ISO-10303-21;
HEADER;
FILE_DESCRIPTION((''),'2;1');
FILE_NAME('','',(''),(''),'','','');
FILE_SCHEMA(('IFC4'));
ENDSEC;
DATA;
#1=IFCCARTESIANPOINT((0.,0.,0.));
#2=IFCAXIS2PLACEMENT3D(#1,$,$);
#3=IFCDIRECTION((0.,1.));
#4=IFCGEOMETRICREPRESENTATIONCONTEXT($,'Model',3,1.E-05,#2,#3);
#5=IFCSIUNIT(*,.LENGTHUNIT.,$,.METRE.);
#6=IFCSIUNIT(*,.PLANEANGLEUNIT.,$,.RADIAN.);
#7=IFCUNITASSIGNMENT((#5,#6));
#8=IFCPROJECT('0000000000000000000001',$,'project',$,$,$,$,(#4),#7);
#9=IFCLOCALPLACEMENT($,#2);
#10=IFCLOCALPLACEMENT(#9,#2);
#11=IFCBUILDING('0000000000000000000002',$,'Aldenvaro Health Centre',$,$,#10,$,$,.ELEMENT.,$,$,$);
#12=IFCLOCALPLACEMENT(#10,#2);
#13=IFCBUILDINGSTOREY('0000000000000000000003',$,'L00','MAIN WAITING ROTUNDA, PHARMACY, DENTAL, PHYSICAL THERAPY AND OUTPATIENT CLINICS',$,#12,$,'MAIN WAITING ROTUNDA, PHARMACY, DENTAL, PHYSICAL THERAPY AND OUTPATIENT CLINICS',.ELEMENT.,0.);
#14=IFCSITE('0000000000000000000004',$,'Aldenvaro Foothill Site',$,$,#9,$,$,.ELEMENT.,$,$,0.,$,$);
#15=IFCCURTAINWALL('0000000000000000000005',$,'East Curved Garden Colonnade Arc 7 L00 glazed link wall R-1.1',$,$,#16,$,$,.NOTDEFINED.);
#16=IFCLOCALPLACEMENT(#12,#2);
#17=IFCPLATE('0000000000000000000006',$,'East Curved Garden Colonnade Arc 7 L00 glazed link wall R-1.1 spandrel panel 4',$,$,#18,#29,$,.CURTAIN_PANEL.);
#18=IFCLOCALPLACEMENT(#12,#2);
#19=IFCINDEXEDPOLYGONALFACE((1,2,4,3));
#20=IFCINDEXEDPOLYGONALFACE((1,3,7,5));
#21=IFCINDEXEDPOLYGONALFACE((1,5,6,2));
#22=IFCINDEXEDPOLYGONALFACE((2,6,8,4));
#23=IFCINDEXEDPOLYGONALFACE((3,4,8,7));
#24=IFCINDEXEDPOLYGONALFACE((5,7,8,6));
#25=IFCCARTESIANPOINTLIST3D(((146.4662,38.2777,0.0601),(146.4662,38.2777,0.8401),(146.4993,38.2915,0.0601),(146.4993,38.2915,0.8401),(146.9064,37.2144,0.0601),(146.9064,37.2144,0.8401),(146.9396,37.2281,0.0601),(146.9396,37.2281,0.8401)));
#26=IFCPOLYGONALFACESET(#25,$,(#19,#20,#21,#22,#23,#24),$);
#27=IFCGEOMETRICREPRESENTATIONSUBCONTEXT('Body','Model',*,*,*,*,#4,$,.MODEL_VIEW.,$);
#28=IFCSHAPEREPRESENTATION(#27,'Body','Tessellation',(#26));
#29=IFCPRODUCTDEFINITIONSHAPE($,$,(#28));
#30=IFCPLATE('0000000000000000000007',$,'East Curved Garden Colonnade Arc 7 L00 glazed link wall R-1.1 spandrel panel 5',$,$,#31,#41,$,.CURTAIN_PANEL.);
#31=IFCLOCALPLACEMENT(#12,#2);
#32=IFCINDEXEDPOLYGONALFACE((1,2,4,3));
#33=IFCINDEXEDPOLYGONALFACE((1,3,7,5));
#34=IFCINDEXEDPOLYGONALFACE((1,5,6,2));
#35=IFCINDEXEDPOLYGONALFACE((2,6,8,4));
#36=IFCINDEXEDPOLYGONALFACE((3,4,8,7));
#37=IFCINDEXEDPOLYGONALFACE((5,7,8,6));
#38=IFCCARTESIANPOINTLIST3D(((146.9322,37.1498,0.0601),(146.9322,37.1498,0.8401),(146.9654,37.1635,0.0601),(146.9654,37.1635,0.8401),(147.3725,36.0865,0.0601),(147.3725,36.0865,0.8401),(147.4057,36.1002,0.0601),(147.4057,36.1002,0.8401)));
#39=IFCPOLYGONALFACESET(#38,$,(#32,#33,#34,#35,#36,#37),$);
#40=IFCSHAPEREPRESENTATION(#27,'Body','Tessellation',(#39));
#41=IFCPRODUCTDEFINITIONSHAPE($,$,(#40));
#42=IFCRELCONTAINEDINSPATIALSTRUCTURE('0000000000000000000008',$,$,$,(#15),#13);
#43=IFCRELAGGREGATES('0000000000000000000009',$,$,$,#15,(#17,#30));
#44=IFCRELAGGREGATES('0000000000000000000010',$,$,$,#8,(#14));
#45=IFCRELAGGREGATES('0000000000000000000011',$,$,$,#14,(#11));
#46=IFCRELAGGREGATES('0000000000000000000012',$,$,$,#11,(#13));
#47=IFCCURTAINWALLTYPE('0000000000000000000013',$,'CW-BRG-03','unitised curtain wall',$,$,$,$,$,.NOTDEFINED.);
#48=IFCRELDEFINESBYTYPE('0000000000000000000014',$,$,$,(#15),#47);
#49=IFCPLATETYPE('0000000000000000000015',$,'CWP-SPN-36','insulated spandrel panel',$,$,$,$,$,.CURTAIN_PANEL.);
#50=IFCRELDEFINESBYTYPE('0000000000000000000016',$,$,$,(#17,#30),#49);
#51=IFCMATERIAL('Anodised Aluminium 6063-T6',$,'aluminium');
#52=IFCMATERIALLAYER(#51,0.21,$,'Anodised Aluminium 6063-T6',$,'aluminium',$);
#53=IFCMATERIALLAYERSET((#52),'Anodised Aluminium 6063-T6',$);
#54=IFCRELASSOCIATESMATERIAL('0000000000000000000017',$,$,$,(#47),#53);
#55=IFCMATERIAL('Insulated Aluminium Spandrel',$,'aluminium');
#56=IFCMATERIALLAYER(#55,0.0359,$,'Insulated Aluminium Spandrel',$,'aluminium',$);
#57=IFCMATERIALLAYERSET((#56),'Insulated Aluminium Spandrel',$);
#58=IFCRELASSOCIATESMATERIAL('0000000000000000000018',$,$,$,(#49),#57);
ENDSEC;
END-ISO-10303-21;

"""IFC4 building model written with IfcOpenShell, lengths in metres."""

from ifc_helpers import new_model, si_unit, direction, frame, origin, origin_2d, place, context, subcontext, project, spatial, rectangle, extrude, material, layer, layer_set, type_object, element, aggregate, save


model = new_model("IFC4")

# Units and contexts
model_context = context("Model", 3, precision=1e-05, world=origin(), true_north=direction((0.0, 1.0)))
body_context = subcontext(model_context, "Body", "Model", "MODEL_VIEW")
ifc_project = project(units=[si_unit("LENGTHUNIT", "METRE"), si_unit("PLANEANGLEUNIT", "RADIAN")], contexts=[model_context])

# Site, building, storey
site_placement = place(None, origin())
site = spatial("IfcSite", under=ifc_project, at=site_placement, Name="Aldenvaro Foothill Site", CompositionType="ELEMENT", RefElevation=0.0)
building_placement = place(site_placement, origin())
building = spatial("IfcBuilding", under=site, at=building_placement, Name="Aldenvaro Health Centre", CompositionType="ELEMENT")
storey_placement = place(building_placement, origin())
storey = spatial("IfcBuildingStorey", under=building, at=storey_placement, Name="L00", Description="MAIN WAITING ROTUNDA, PHARMACY, DENTAL, PHYSICAL THERAPY AND OUTPATIENT CLINICS", LongName="MAIN WAITING ROTUNDA, PHARMACY, DENTAL, PHYSICAL THERAPY AND OUTPATIENT CLINICS", CompositionType="ELEMENT", Elevation=0.0)

# Curtain wall
ifc_material_1 = material(Name="Anodised Aluminium 6063-T6", Category="aluminium")
ifc_layer_1 = layer(ifc_material_1, 0.21, Name="Anodised Aluminium 6063-T6", Category="aluminium")
ifc_layer_set_1 = layer_set([ifc_layer_1], Name="Anodised Aluminium 6063-T6")
curtain_wall_type = type_object("IfcCurtainWallType", Name="CW-BRG-03", Description="unitised curtain wall", PredefinedType="NOTDEFINED", material=ifc_layer_set_1)
curtain_wall_1_placement = place(storey_placement, origin())
curtain_wall_1 = element("IfcCurtainWall", 1, at=curtain_wall_1_placement, inside=storey, type_object=curtain_wall_type, Name="East Curved Garden Colonnade Arc 7 L00 glazed link wall R-1.1", PredefinedType="NOTDEFINED")

# Plates
ifc_material_2 = material(Name="Insulated Aluminium Spandrel", Category="aluminium")
ifc_layer_2 = layer(ifc_material_2, 0.0359, Name="Insulated Aluminium Spandrel", Category="aluminium")
ifc_layer_set_2 = layer_set([ifc_layer_2], Name="Insulated Aluminium Spandrel")
plate_type_1 = type_object("IfcPlateType", Name="CWP-SPN-36", Description="insulated spandrel panel", PredefinedType="CURTAIN_PANEL", material=ifc_layer_set_2)
plate_1_placement = place(storey_placement, frame((146.7029, 37.7529, 0.0601), z_axis=(0.0, 0.0, 1.0), x_axis=(0.382569, -0.923927, 0.0)))
plate_1 = element("IfcPlate", 2, at=plate_1_placement, type_object=plate_type_1, Name="East Curved Garden Colonnade Arc 7 L00 glazed link wall R-1.1 spandrel panel 4", PredefinedType="CURTAIN_PANEL", context=body_context, shape_type="SweptSolid", body=[
    extrude(rectangle(XDim=1.1509, YDim=0.0359, at=origin_2d()), origin(), (0.0, 0.0, 1.0), 0.78),
])
plate_2_placement = place(storey_placement, frame((147.1689, 36.625, 0.0601), z_axis=(0.0, 0.0, 1.0), x_axis=(0.382569, -0.923927, 0.0)))
plate_2 = element("IfcPlate", 3, at=plate_2_placement, type_object=plate_type_1, Name="East Curved Garden Colonnade Arc 7 L00 glazed link wall R-1.1 spandrel panel 5", PredefinedType="CURTAIN_PANEL", context=body_context, shape_type="SweptSolid", body=[
    extrude(rectangle(XDim=1.1509, YDim=0.0359, at=origin_2d()), origin(), (0.0, 0.0, 1.0), 0.78),
])
aggregate(curtain_wall_1, [plate_1, plate_2])

save(model, "model.ifc")
